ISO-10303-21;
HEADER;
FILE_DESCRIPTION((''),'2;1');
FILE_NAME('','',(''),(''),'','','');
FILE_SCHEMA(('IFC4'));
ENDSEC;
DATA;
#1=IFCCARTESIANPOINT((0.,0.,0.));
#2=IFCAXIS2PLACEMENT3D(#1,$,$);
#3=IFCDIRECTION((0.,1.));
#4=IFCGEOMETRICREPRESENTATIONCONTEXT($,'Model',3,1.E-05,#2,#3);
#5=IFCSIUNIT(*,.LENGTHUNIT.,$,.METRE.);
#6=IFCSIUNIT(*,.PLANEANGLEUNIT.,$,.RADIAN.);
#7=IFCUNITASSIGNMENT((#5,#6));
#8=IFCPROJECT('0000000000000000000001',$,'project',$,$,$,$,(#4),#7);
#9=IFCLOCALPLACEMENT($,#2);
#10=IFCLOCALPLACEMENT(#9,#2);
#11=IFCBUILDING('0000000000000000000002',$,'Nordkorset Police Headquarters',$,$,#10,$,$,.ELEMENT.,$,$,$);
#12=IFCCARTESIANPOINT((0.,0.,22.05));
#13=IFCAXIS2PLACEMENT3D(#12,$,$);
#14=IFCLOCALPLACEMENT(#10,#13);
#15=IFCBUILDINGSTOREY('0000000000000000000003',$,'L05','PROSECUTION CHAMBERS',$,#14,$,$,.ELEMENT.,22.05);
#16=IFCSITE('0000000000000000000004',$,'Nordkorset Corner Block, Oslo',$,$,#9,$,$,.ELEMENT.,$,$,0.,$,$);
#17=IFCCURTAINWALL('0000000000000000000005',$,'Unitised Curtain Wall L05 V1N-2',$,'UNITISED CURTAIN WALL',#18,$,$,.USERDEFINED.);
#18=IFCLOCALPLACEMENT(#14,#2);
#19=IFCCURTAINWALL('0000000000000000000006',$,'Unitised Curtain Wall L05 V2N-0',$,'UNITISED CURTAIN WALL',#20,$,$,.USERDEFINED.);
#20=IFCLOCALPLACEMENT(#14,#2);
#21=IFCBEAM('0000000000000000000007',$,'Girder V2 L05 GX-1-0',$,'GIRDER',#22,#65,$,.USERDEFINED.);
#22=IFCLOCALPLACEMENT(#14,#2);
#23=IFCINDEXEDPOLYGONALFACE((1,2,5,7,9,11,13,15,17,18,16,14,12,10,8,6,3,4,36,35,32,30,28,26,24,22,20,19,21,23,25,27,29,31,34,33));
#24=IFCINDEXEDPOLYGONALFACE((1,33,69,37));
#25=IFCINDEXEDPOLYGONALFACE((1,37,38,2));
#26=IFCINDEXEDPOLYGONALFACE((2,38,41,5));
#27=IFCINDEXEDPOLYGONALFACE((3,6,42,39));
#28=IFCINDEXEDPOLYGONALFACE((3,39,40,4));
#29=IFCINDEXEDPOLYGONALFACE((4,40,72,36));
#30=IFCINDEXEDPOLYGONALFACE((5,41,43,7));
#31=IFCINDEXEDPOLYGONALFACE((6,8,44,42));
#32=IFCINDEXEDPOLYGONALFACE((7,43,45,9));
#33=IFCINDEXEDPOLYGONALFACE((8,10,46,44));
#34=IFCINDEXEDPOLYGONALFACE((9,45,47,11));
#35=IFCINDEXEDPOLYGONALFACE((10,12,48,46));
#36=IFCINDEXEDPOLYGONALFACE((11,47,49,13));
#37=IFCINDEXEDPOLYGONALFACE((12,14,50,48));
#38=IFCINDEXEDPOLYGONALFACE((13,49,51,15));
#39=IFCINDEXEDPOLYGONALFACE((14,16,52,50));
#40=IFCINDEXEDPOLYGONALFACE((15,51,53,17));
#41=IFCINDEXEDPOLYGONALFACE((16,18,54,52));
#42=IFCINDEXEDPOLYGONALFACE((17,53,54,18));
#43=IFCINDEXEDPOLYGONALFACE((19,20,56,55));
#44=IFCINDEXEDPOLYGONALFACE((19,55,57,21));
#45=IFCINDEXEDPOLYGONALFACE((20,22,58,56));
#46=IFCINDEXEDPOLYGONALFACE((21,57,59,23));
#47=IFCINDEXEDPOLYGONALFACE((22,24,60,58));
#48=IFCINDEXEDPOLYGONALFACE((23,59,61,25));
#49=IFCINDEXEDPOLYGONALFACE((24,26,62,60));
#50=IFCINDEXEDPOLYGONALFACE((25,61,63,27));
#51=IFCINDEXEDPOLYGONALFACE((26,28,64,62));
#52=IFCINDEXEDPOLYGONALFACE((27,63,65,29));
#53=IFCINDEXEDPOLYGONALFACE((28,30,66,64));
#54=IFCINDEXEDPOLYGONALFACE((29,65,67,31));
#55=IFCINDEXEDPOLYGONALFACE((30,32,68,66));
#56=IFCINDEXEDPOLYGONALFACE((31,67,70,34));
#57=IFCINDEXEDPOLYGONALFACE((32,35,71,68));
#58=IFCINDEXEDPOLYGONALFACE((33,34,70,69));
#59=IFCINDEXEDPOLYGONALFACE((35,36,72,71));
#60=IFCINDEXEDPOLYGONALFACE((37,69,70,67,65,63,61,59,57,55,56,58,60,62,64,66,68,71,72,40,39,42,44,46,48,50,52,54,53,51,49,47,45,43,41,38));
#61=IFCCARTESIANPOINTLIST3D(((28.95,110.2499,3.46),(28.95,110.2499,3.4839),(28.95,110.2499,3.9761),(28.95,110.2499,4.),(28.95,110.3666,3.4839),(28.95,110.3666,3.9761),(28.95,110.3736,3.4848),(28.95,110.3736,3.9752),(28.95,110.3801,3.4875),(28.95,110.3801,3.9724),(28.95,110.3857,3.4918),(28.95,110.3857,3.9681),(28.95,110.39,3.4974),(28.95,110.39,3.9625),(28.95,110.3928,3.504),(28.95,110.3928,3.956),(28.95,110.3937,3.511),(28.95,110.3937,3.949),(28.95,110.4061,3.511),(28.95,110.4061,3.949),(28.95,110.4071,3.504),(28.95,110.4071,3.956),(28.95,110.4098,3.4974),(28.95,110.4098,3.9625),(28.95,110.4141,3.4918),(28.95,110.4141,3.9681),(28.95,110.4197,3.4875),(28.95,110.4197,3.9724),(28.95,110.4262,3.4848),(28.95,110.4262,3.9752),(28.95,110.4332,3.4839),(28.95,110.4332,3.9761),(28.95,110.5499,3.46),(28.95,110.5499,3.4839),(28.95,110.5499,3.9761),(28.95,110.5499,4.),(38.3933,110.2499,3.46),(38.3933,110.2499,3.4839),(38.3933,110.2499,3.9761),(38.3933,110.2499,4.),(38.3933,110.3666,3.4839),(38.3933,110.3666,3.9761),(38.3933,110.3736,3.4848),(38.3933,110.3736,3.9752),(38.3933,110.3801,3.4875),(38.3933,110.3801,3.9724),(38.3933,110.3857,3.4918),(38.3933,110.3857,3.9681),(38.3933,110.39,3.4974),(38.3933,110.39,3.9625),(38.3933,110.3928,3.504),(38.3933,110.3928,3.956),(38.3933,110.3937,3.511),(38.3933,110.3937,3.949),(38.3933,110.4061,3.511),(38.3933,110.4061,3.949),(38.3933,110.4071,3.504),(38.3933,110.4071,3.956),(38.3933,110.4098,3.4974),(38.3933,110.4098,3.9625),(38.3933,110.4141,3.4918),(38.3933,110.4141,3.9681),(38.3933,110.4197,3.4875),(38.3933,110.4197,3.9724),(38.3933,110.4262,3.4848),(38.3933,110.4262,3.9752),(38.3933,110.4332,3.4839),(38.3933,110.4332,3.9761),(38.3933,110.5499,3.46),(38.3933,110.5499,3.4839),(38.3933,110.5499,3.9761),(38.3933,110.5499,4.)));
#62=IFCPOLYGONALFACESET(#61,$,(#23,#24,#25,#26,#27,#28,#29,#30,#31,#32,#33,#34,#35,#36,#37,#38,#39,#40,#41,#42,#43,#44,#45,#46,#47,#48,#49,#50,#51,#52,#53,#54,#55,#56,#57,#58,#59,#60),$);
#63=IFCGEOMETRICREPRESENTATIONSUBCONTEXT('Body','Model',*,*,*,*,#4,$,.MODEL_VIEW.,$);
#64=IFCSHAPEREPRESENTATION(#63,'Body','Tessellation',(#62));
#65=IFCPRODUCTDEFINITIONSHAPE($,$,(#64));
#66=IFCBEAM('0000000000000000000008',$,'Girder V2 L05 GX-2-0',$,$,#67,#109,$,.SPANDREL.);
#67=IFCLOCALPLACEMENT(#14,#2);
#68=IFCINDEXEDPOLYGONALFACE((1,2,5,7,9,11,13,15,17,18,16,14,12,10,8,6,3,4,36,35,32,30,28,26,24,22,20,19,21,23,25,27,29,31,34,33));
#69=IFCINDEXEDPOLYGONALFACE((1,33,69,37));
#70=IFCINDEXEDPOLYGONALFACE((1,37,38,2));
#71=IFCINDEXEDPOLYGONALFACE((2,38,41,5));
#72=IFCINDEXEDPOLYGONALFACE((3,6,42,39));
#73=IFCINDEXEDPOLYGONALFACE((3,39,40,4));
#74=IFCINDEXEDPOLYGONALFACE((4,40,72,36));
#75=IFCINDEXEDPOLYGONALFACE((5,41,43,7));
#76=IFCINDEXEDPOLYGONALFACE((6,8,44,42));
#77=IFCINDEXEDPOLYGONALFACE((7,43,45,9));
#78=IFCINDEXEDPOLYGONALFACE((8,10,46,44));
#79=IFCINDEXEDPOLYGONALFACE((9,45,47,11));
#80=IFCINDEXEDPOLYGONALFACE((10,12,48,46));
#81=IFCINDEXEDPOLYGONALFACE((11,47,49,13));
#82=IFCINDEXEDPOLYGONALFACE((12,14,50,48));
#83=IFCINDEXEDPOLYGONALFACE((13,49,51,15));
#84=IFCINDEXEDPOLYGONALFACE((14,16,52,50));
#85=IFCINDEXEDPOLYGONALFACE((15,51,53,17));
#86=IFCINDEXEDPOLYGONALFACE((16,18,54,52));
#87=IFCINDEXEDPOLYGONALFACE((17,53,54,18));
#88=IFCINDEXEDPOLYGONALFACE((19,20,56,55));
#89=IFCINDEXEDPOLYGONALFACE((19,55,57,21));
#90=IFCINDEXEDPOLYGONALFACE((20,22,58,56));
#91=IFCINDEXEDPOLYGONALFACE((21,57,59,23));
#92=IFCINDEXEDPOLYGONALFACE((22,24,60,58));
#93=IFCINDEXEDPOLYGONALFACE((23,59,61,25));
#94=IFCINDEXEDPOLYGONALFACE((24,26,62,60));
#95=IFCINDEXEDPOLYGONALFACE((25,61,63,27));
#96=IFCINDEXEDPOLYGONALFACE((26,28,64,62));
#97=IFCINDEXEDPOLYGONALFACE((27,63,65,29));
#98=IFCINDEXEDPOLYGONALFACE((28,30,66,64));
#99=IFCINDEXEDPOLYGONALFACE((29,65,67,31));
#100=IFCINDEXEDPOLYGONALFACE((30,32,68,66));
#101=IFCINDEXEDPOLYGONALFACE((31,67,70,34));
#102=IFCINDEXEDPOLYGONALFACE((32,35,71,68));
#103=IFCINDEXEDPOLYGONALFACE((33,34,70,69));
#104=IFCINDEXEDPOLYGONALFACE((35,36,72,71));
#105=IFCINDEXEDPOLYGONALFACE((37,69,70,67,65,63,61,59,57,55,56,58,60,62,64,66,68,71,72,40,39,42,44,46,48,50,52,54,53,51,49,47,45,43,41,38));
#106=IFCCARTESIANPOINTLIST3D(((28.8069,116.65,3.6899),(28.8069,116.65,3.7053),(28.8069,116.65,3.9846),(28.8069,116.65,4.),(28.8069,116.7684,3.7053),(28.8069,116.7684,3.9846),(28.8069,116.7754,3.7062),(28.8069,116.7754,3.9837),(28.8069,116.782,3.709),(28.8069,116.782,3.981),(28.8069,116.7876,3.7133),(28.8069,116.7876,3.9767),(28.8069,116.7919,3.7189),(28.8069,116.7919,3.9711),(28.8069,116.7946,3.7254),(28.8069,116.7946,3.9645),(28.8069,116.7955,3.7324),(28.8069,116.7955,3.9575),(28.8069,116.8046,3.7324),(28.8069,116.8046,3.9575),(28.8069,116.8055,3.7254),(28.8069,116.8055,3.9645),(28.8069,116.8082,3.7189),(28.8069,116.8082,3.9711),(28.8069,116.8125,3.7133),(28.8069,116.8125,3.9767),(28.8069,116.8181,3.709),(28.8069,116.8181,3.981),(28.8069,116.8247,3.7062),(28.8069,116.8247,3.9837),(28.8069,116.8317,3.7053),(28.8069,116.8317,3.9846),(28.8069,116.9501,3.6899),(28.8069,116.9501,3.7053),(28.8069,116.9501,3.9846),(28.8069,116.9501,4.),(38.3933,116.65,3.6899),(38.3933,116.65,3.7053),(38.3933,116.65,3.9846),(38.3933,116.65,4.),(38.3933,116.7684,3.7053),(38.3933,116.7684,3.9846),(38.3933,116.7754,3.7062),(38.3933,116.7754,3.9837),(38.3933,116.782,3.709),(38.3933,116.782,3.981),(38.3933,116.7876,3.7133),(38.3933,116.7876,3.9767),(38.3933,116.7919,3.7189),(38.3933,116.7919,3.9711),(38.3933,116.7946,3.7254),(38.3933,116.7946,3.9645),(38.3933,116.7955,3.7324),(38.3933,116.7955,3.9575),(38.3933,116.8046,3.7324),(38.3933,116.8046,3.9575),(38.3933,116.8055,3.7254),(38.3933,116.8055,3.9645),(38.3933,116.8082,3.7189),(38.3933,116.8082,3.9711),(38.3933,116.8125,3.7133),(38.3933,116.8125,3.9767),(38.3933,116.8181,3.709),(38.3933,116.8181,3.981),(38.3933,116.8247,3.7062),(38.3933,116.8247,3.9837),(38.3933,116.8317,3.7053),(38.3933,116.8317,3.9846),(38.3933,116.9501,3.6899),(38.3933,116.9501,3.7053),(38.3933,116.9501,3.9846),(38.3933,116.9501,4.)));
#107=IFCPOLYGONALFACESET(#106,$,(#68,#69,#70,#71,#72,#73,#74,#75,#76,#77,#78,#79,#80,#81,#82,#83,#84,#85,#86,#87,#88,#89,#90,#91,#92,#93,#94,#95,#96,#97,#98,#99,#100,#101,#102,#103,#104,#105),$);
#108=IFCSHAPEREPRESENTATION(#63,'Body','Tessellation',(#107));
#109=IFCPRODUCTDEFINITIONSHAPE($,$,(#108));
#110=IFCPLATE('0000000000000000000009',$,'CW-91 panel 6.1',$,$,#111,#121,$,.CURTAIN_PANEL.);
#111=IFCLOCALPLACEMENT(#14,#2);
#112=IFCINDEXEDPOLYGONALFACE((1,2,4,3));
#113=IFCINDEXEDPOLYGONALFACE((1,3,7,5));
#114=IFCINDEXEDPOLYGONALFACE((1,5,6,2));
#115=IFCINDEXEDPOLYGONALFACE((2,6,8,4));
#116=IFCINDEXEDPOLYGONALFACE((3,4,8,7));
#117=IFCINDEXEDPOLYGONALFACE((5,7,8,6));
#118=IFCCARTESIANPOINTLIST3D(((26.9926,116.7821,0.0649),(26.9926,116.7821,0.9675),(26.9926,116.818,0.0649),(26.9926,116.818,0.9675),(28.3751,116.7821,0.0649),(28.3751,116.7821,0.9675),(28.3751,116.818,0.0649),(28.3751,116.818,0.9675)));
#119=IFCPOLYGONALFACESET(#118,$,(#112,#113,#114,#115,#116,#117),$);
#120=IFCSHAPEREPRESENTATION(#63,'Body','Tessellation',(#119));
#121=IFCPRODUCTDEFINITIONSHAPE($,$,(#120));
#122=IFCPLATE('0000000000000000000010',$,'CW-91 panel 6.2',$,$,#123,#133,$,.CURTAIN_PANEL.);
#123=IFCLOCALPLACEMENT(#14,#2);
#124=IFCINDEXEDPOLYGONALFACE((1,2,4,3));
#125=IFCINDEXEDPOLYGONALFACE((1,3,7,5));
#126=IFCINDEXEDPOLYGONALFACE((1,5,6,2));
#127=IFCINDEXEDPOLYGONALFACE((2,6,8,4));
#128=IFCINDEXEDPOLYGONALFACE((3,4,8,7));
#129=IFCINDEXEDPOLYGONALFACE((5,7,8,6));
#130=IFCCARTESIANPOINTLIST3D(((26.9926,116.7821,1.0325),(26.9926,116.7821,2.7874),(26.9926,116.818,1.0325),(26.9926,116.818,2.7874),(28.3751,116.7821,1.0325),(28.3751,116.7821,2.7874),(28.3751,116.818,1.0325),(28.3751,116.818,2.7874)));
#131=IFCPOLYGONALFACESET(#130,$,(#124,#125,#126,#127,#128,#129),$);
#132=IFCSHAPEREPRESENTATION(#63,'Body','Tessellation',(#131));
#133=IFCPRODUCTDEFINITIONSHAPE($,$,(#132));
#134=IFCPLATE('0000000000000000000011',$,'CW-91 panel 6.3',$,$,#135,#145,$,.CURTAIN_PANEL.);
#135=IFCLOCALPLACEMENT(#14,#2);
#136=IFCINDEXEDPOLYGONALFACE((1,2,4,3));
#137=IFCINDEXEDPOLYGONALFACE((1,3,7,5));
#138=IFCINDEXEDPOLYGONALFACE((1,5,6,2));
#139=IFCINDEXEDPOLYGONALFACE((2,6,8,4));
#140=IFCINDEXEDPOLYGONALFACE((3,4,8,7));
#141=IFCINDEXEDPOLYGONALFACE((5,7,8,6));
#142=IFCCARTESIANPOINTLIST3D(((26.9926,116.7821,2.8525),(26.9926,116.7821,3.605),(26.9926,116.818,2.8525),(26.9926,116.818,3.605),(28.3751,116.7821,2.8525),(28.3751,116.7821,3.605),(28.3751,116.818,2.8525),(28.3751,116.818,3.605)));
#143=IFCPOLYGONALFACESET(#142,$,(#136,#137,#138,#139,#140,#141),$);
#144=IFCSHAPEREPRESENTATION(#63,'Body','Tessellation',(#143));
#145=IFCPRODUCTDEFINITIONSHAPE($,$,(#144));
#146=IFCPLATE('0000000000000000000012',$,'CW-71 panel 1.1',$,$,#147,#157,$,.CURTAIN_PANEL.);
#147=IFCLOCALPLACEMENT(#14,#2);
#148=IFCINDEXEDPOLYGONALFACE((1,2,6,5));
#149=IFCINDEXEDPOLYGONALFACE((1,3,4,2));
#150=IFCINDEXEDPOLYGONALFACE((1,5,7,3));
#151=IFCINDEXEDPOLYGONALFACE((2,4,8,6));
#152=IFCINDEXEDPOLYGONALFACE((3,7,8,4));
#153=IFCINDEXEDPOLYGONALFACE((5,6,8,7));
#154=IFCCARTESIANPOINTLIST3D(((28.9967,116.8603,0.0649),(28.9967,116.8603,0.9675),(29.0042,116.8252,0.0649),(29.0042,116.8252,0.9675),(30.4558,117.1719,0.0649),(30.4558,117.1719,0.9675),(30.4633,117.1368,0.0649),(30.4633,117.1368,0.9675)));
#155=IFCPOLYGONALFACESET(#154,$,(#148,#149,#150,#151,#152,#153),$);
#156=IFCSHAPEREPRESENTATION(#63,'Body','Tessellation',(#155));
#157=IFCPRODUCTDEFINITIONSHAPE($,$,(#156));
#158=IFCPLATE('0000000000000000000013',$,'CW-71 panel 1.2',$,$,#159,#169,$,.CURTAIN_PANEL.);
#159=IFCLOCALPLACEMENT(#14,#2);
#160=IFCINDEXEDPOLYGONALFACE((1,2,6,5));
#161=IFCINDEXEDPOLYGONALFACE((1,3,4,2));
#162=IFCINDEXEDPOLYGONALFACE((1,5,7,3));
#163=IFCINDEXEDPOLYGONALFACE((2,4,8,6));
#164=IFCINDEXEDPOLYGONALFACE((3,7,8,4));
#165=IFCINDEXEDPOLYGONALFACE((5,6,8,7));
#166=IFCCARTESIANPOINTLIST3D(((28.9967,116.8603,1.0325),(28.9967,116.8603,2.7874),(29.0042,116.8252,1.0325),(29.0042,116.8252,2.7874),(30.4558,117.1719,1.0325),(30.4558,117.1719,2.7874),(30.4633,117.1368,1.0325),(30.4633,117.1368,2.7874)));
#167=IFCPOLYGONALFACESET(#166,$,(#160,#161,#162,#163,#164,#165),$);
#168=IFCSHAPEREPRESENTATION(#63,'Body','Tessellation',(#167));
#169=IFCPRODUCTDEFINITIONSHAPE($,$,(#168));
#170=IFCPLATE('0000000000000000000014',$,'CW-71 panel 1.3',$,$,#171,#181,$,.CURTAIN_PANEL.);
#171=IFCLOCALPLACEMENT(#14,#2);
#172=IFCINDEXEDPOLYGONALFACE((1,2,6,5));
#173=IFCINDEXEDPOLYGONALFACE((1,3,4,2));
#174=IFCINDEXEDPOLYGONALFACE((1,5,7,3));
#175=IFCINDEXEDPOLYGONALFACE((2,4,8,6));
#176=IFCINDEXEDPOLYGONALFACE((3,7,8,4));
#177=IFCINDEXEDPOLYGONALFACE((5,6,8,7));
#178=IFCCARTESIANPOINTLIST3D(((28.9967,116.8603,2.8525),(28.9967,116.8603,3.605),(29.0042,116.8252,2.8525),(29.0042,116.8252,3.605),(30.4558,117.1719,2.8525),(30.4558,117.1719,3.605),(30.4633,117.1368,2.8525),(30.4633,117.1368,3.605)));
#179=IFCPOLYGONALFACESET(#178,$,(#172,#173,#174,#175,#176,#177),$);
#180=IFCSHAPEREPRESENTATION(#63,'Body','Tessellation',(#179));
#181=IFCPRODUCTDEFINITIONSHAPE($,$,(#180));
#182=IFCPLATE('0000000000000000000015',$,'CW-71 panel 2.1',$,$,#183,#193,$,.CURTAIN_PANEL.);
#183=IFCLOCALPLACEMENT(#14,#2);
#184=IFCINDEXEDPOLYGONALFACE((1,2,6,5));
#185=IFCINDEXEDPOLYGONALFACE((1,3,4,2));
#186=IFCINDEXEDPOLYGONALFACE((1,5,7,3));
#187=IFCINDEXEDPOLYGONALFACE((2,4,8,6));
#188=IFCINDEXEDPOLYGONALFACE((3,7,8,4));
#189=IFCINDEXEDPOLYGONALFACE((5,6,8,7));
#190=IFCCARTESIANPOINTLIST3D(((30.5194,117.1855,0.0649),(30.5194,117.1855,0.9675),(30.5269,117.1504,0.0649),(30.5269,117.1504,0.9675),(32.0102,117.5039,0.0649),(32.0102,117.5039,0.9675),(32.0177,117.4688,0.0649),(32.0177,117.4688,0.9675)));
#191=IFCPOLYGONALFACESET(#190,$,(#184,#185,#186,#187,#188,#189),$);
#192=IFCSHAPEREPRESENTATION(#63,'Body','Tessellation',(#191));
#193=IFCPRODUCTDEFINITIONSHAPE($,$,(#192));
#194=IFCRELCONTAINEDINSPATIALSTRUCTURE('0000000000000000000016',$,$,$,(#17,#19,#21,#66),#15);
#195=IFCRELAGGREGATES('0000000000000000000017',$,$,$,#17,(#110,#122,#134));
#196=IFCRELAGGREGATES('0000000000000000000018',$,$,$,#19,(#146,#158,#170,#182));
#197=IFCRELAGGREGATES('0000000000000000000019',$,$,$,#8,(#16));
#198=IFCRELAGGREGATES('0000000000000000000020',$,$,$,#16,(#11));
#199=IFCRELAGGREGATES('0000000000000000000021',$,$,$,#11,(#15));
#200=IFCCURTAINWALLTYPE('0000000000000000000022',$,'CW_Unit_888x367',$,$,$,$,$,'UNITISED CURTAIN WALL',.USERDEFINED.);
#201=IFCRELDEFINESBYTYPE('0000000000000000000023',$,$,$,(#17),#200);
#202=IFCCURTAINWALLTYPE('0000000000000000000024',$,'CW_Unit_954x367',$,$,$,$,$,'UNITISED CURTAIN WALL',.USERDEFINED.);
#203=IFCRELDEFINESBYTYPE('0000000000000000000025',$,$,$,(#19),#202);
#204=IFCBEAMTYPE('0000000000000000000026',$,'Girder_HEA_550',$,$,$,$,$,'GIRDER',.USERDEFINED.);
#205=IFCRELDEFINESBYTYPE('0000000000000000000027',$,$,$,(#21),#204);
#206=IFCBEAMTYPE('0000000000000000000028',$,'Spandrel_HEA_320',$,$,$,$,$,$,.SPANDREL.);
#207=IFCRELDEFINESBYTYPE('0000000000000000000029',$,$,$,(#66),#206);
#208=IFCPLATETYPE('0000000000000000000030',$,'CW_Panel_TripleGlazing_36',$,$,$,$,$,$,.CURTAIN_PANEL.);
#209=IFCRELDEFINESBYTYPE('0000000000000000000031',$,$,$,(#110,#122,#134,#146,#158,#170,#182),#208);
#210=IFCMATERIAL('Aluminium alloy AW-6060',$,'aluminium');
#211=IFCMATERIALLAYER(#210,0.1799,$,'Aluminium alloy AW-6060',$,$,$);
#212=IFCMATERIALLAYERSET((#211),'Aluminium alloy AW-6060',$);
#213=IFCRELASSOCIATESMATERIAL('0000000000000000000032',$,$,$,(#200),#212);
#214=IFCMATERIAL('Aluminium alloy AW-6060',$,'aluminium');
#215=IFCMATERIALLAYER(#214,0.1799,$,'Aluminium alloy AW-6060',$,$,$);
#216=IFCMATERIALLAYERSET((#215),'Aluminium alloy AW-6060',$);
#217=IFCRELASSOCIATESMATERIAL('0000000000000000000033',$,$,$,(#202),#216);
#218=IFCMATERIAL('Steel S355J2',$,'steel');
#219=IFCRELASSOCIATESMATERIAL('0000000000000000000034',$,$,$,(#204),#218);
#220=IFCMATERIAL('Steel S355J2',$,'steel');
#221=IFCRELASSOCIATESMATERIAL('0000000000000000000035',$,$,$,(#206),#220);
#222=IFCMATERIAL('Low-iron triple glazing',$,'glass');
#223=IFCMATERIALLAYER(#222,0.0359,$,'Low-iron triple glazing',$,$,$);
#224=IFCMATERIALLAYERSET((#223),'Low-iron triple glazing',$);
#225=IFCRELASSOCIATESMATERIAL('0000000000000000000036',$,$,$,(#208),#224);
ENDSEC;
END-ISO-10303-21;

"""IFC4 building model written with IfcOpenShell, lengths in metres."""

from ifc_helpers import new_model, si_unit, direction, frame, origin, origin_2d, place, context, subcontext, project, spatial, rectangle, i_section, extrude, material, layer, layer_set, material_profile, profile_set, type_object, element, aggregate, save


model = new_model("IFC4")

# Units and contexts
model_context = context("Model", 3, precision=1e-05, world=origin(), true_north=direction((0.0, 1.0)))
body_context = subcontext(model_context, "Body", "Model", "MODEL_VIEW")
ifc_project = project(units=[si_unit("LENGTHUNIT", "METRE"), si_unit("PLANEANGLEUNIT", "RADIAN")], contexts=[model_context])

# Site, building, storey
site_placement = place(None, origin())
site = spatial("IfcSite", under=ifc_project, at=site_placement, Name="Nordkorset Corner Block, Oslo", CompositionType="ELEMENT", RefElevation=0.0)
building_placement = place(site_placement, origin())
building = spatial("IfcBuilding", under=site, at=building_placement, Name="Nordkorset Police Headquarters", CompositionType="ELEMENT")
storey_placement = place(building_placement, frame((0.0, 0.0, 22.05)))
storey = spatial("IfcBuildingStorey", under=building, at=storey_placement, Name="L05", Description="PROSECUTION CHAMBERS", CompositionType="ELEMENT", Elevation=22.05)

# Curtain wall
ifc_material_1 = material(Name="Aluminium alloy AW-6060", Category="aluminium")
ifc_layer_1 = layer(ifc_material_1, 0.1799, Name="Aluminium alloy AW-6060")
ifc_layer_set_1 = layer_set([ifc_layer_1], Name="Aluminium alloy AW-6060")
curtain_wall_type_1 = type_object("IfcCurtainWallType", Name="CW_Unit_888x367", ElementType="UNITISED CURTAIN WALL", PredefinedType="USERDEFINED", material=ifc_layer_set_1)
curtain_wall_1_placement = place(storey_placement, origin())
curtain_wall_1 = element("IfcCurtainWall", 1, at=curtain_wall_1_placement, inside=storey, type_object=curtain_wall_type_1, Name="Unitised Curtain Wall L05 V1N-2", ObjectType="UNITISED CURTAIN WALL", PredefinedType="USERDEFINED")

# Curtain wall
ifc_material_2 = material(Name="Aluminium alloy AW-6060", Category="aluminium")
ifc_layer_2 = layer(ifc_material_2, 0.1799, Name="Aluminium alloy AW-6060")
ifc_layer_set_2 = layer_set([ifc_layer_2], Name="Aluminium alloy AW-6060")
curtain_wall_type_2 = type_object("IfcCurtainWallType", Name="CW_Unit_954x367", ElementType="UNITISED CURTAIN WALL", PredefinedType="USERDEFINED", material=ifc_layer_set_2)
curtain_wall_2_placement = place(storey_placement, origin())
curtain_wall_2 = element("IfcCurtainWall", 2, at=curtain_wall_2_placement, inside=storey, type_object=curtain_wall_type_2, Name="Unitised Curtain Wall L05 V2N-0", ObjectType="UNITISED CURTAIN WALL", PredefinedType="USERDEFINED")

# Beams
ifc_material_3 = material(Name="Steel S355J2", Category="steel")
ifc_material_profile_1 = material_profile(ifc_material_3, i_section(OverallWidth=0.3, OverallDepth=0.54, WebThickness=0.0125, FlangeThickness=0.0239, FilletRadius=0.0271, at=origin_2d()), Name="HEA 550")
ifc_profile_set_1 = profile_set([ifc_material_profile_1], Name="Steel S355J2")
beam_type_1 = type_object("IfcBeamType", Name="Girder_HEA_550", ElementType="GIRDER", PredefinedType="USERDEFINED", material=ifc_profile_set_1)
beam_1_placement = place(storey_placement, frame((28.95, 110.3999, 3.73), z_axis=(1.0, 0.0, 0.0), x_axis=(0.0, 1.0, 0.0)))
element("IfcBeam", 3, at=beam_1_placement, inside=storey, type_object=beam_type_1, Name="Girder V2 L05 GX-1-0", ObjectType="GIRDER", PredefinedType="USERDEFINED", context=body_context, shape_type="SweptSolid", body=[
    extrude(i_section(OverallWidth=0.3, OverallDepth=0.54, WebThickness=0.0125, FlangeThickness=0.0239, FilletRadius=0.0271, at=origin_2d()), origin(), (0.0, 0.0, 1.0), 9.4434),
])
ifc_material_4 = material(Name="Steel S355J2", Category="steel")
ifc_material_profile_2 = material_profile(ifc_material_4, i_section(OverallWidth=0.3, OverallDepth=0.3101, WebThickness=0.009, FlangeThickness=0.0154, FilletRadius=0.0271, at=origin_2d()), Name="HEA 320")
ifc_profile_set_2 = profile_set([ifc_material_profile_2], Name="Steel S355J2")
beam_type_2 = type_object("IfcBeamType", Name="Spandrel_HEA_320", PredefinedType="SPANDREL", material=ifc_profile_set_2)
beam_2_placement = place(storey_placement, frame((28.8069, 116.8, 3.845), z_axis=(1.0, 0.0, 0.0), x_axis=(0.0, 1.0, 0.0)))
element("IfcBeam", 4, at=beam_2_placement, inside=storey, type_object=beam_type_2, Name="Girder V2 L05 GX-2-0", PredefinedType="SPANDREL", context=body_context, shape_type="SweptSolid", body=[
    extrude(i_section(OverallWidth=0.3, OverallDepth=0.3101, WebThickness=0.009, FlangeThickness=0.0154, FilletRadius=0.0271, at=origin_2d()), origin(), (0.0, 0.0, 1.0), 9.5864),
])

# Plates
ifc_material_5 = material(Name="Low-iron triple glazing", Category="glass")
ifc_layer_3 = layer(ifc_material_5, 0.0359, Name="Low-iron triple glazing")
ifc_layer_set_3 = layer_set([ifc_layer_3], Name="Low-iron triple glazing")
plate_type = type_object("IfcPlateType", Name="CW_Panel_TripleGlazing_36", PredefinedType="CURTAIN_PANEL", material=ifc_layer_set_3)
plate_1_placement = place(storey_placement, frame((27.6838, 116.8, 0.0649), z_axis=(0.0, 0.0, 1.0), x_axis=(1.0, 0.0, 0.0)))
plate_1 = element("IfcPlate", 5, at=plate_1_placement, type_object=plate_type, Name="CW-91 panel 6.1", PredefinedType="CURTAIN_PANEL", context=body_context, shape_type="SweptSolid", body=[
    extrude(rectangle(XDim=1.3826, YDim=0.0359, at=origin_2d()), origin(), (0.0, 0.0, 1.0), 0.9026),
])
plate_2_placement = place(storey_placement, frame((27.6838, 116.8, 1.0325), z_axis=(0.0, 0.0, 1.0), x_axis=(1.0, 0.0, 0.0)))
plate_2 = element("IfcPlate", 6, at=plate_2_placement, type_object=plate_type, Name="CW-91 panel 6.2", PredefinedType="CURTAIN_PANEL", context=body_context, shape_type="SweptSolid", body=[
    extrude(rectangle(XDim=1.3826, YDim=0.0359, at=origin_2d()), origin(), (0.0, 0.0, 1.0), 1.7549),
])
plate_3_placement = place(storey_placement, frame((27.6838, 116.8, 2.8525), z_axis=(0.0, 0.0, 1.0), x_axis=(1.0, 0.0, 0.0)))
plate_3 = element("IfcPlate", 7, at=plate_3_placement, type_object=plate_type, Name="CW-91 panel 6.3", PredefinedType="CURTAIN_PANEL", context=body_context, shape_type="SweptSolid", body=[
    extrude(rectangle(XDim=1.3826, YDim=0.0359, at=origin_2d()), origin(), (0.0, 0.0, 1.0), 0.7524),
])
aggregate(curtain_wall_1, [plate_1, plate_2, plate_3])
plate_4_placement = place(storey_placement, frame((29.73, 116.9985, 0.0649), z_axis=(0.0, 0.0, 1.0), x_axis=(0.977951, 0.208833, 0.0)))
plate_4 = element("IfcPlate", 8, at=plate_4_placement, type_object=plate_type, Name="CW-71 panel 1.1", PredefinedType="CURTAIN_PANEL", context=body_context, shape_type="SweptSolid", body=[
    extrude(rectangle(XDim=1.4919, YDim=0.0359, at=origin_2d()), origin(), (0.0, 0.0, 1.0), 0.9026),
])
plate_5_placement = place(storey_placement, frame((29.73, 116.9985, 1.0325), z_axis=(0.0, 0.0, 1.0), x_axis=(0.977951, 0.208833, 0.0)))
plate_5 = element("IfcPlate", 9, at=plate_5_placement, type_object=plate_type, Name="CW-71 panel 1.2", PredefinedType="CURTAIN_PANEL", context=body_context, shape_type="SweptSolid", body=[
    extrude(rectangle(XDim=1.4919, YDim=0.0359, at=origin_2d()), origin(), (0.0, 0.0, 1.0), 1.7549),
])
plate_6_placement = place(storey_placement, frame((29.73, 116.9985, 2.8525), z_axis=(0.0, 0.0, 1.0), x_axis=(0.977951, 0.208833, 0.0)))
plate_6 = element("IfcPlate", 10, at=plate_6_placement, type_object=plate_type, Name="CW-71 panel 1.3", PredefinedType="CURTAIN_PANEL", context=body_context, shape_type="SweptSolid", body=[
    extrude(rectangle(XDim=1.4919, YDim=0.0359, at=origin_2d()), origin(), (0.0, 0.0, 1.0), 0.7524),
])
plate_7_placement = place(storey_placement, frame((31.2686, 117.3271, 0.0649), z_axis=(0.0, 0.0, 1.0), x_axis=(0.977951, 0.208833, 0.0)))
plate_7 = element("IfcPlate", 11, at=plate_7_placement, type_object=plate_type, Name="CW-71 panel 2.1", PredefinedType="CURTAIN_PANEL", context=body_context, shape_type="SweptSolid", body=[
    extrude(rectangle(XDim=1.5244, YDim=0.0359, at=origin_2d()), origin(), (0.0, 0.0, 1.0), 0.9026),
])
aggregate(curtain_wall_2, [plate_4, plate_5, plate_6, plate_7])

save(model, "model.ifc")
